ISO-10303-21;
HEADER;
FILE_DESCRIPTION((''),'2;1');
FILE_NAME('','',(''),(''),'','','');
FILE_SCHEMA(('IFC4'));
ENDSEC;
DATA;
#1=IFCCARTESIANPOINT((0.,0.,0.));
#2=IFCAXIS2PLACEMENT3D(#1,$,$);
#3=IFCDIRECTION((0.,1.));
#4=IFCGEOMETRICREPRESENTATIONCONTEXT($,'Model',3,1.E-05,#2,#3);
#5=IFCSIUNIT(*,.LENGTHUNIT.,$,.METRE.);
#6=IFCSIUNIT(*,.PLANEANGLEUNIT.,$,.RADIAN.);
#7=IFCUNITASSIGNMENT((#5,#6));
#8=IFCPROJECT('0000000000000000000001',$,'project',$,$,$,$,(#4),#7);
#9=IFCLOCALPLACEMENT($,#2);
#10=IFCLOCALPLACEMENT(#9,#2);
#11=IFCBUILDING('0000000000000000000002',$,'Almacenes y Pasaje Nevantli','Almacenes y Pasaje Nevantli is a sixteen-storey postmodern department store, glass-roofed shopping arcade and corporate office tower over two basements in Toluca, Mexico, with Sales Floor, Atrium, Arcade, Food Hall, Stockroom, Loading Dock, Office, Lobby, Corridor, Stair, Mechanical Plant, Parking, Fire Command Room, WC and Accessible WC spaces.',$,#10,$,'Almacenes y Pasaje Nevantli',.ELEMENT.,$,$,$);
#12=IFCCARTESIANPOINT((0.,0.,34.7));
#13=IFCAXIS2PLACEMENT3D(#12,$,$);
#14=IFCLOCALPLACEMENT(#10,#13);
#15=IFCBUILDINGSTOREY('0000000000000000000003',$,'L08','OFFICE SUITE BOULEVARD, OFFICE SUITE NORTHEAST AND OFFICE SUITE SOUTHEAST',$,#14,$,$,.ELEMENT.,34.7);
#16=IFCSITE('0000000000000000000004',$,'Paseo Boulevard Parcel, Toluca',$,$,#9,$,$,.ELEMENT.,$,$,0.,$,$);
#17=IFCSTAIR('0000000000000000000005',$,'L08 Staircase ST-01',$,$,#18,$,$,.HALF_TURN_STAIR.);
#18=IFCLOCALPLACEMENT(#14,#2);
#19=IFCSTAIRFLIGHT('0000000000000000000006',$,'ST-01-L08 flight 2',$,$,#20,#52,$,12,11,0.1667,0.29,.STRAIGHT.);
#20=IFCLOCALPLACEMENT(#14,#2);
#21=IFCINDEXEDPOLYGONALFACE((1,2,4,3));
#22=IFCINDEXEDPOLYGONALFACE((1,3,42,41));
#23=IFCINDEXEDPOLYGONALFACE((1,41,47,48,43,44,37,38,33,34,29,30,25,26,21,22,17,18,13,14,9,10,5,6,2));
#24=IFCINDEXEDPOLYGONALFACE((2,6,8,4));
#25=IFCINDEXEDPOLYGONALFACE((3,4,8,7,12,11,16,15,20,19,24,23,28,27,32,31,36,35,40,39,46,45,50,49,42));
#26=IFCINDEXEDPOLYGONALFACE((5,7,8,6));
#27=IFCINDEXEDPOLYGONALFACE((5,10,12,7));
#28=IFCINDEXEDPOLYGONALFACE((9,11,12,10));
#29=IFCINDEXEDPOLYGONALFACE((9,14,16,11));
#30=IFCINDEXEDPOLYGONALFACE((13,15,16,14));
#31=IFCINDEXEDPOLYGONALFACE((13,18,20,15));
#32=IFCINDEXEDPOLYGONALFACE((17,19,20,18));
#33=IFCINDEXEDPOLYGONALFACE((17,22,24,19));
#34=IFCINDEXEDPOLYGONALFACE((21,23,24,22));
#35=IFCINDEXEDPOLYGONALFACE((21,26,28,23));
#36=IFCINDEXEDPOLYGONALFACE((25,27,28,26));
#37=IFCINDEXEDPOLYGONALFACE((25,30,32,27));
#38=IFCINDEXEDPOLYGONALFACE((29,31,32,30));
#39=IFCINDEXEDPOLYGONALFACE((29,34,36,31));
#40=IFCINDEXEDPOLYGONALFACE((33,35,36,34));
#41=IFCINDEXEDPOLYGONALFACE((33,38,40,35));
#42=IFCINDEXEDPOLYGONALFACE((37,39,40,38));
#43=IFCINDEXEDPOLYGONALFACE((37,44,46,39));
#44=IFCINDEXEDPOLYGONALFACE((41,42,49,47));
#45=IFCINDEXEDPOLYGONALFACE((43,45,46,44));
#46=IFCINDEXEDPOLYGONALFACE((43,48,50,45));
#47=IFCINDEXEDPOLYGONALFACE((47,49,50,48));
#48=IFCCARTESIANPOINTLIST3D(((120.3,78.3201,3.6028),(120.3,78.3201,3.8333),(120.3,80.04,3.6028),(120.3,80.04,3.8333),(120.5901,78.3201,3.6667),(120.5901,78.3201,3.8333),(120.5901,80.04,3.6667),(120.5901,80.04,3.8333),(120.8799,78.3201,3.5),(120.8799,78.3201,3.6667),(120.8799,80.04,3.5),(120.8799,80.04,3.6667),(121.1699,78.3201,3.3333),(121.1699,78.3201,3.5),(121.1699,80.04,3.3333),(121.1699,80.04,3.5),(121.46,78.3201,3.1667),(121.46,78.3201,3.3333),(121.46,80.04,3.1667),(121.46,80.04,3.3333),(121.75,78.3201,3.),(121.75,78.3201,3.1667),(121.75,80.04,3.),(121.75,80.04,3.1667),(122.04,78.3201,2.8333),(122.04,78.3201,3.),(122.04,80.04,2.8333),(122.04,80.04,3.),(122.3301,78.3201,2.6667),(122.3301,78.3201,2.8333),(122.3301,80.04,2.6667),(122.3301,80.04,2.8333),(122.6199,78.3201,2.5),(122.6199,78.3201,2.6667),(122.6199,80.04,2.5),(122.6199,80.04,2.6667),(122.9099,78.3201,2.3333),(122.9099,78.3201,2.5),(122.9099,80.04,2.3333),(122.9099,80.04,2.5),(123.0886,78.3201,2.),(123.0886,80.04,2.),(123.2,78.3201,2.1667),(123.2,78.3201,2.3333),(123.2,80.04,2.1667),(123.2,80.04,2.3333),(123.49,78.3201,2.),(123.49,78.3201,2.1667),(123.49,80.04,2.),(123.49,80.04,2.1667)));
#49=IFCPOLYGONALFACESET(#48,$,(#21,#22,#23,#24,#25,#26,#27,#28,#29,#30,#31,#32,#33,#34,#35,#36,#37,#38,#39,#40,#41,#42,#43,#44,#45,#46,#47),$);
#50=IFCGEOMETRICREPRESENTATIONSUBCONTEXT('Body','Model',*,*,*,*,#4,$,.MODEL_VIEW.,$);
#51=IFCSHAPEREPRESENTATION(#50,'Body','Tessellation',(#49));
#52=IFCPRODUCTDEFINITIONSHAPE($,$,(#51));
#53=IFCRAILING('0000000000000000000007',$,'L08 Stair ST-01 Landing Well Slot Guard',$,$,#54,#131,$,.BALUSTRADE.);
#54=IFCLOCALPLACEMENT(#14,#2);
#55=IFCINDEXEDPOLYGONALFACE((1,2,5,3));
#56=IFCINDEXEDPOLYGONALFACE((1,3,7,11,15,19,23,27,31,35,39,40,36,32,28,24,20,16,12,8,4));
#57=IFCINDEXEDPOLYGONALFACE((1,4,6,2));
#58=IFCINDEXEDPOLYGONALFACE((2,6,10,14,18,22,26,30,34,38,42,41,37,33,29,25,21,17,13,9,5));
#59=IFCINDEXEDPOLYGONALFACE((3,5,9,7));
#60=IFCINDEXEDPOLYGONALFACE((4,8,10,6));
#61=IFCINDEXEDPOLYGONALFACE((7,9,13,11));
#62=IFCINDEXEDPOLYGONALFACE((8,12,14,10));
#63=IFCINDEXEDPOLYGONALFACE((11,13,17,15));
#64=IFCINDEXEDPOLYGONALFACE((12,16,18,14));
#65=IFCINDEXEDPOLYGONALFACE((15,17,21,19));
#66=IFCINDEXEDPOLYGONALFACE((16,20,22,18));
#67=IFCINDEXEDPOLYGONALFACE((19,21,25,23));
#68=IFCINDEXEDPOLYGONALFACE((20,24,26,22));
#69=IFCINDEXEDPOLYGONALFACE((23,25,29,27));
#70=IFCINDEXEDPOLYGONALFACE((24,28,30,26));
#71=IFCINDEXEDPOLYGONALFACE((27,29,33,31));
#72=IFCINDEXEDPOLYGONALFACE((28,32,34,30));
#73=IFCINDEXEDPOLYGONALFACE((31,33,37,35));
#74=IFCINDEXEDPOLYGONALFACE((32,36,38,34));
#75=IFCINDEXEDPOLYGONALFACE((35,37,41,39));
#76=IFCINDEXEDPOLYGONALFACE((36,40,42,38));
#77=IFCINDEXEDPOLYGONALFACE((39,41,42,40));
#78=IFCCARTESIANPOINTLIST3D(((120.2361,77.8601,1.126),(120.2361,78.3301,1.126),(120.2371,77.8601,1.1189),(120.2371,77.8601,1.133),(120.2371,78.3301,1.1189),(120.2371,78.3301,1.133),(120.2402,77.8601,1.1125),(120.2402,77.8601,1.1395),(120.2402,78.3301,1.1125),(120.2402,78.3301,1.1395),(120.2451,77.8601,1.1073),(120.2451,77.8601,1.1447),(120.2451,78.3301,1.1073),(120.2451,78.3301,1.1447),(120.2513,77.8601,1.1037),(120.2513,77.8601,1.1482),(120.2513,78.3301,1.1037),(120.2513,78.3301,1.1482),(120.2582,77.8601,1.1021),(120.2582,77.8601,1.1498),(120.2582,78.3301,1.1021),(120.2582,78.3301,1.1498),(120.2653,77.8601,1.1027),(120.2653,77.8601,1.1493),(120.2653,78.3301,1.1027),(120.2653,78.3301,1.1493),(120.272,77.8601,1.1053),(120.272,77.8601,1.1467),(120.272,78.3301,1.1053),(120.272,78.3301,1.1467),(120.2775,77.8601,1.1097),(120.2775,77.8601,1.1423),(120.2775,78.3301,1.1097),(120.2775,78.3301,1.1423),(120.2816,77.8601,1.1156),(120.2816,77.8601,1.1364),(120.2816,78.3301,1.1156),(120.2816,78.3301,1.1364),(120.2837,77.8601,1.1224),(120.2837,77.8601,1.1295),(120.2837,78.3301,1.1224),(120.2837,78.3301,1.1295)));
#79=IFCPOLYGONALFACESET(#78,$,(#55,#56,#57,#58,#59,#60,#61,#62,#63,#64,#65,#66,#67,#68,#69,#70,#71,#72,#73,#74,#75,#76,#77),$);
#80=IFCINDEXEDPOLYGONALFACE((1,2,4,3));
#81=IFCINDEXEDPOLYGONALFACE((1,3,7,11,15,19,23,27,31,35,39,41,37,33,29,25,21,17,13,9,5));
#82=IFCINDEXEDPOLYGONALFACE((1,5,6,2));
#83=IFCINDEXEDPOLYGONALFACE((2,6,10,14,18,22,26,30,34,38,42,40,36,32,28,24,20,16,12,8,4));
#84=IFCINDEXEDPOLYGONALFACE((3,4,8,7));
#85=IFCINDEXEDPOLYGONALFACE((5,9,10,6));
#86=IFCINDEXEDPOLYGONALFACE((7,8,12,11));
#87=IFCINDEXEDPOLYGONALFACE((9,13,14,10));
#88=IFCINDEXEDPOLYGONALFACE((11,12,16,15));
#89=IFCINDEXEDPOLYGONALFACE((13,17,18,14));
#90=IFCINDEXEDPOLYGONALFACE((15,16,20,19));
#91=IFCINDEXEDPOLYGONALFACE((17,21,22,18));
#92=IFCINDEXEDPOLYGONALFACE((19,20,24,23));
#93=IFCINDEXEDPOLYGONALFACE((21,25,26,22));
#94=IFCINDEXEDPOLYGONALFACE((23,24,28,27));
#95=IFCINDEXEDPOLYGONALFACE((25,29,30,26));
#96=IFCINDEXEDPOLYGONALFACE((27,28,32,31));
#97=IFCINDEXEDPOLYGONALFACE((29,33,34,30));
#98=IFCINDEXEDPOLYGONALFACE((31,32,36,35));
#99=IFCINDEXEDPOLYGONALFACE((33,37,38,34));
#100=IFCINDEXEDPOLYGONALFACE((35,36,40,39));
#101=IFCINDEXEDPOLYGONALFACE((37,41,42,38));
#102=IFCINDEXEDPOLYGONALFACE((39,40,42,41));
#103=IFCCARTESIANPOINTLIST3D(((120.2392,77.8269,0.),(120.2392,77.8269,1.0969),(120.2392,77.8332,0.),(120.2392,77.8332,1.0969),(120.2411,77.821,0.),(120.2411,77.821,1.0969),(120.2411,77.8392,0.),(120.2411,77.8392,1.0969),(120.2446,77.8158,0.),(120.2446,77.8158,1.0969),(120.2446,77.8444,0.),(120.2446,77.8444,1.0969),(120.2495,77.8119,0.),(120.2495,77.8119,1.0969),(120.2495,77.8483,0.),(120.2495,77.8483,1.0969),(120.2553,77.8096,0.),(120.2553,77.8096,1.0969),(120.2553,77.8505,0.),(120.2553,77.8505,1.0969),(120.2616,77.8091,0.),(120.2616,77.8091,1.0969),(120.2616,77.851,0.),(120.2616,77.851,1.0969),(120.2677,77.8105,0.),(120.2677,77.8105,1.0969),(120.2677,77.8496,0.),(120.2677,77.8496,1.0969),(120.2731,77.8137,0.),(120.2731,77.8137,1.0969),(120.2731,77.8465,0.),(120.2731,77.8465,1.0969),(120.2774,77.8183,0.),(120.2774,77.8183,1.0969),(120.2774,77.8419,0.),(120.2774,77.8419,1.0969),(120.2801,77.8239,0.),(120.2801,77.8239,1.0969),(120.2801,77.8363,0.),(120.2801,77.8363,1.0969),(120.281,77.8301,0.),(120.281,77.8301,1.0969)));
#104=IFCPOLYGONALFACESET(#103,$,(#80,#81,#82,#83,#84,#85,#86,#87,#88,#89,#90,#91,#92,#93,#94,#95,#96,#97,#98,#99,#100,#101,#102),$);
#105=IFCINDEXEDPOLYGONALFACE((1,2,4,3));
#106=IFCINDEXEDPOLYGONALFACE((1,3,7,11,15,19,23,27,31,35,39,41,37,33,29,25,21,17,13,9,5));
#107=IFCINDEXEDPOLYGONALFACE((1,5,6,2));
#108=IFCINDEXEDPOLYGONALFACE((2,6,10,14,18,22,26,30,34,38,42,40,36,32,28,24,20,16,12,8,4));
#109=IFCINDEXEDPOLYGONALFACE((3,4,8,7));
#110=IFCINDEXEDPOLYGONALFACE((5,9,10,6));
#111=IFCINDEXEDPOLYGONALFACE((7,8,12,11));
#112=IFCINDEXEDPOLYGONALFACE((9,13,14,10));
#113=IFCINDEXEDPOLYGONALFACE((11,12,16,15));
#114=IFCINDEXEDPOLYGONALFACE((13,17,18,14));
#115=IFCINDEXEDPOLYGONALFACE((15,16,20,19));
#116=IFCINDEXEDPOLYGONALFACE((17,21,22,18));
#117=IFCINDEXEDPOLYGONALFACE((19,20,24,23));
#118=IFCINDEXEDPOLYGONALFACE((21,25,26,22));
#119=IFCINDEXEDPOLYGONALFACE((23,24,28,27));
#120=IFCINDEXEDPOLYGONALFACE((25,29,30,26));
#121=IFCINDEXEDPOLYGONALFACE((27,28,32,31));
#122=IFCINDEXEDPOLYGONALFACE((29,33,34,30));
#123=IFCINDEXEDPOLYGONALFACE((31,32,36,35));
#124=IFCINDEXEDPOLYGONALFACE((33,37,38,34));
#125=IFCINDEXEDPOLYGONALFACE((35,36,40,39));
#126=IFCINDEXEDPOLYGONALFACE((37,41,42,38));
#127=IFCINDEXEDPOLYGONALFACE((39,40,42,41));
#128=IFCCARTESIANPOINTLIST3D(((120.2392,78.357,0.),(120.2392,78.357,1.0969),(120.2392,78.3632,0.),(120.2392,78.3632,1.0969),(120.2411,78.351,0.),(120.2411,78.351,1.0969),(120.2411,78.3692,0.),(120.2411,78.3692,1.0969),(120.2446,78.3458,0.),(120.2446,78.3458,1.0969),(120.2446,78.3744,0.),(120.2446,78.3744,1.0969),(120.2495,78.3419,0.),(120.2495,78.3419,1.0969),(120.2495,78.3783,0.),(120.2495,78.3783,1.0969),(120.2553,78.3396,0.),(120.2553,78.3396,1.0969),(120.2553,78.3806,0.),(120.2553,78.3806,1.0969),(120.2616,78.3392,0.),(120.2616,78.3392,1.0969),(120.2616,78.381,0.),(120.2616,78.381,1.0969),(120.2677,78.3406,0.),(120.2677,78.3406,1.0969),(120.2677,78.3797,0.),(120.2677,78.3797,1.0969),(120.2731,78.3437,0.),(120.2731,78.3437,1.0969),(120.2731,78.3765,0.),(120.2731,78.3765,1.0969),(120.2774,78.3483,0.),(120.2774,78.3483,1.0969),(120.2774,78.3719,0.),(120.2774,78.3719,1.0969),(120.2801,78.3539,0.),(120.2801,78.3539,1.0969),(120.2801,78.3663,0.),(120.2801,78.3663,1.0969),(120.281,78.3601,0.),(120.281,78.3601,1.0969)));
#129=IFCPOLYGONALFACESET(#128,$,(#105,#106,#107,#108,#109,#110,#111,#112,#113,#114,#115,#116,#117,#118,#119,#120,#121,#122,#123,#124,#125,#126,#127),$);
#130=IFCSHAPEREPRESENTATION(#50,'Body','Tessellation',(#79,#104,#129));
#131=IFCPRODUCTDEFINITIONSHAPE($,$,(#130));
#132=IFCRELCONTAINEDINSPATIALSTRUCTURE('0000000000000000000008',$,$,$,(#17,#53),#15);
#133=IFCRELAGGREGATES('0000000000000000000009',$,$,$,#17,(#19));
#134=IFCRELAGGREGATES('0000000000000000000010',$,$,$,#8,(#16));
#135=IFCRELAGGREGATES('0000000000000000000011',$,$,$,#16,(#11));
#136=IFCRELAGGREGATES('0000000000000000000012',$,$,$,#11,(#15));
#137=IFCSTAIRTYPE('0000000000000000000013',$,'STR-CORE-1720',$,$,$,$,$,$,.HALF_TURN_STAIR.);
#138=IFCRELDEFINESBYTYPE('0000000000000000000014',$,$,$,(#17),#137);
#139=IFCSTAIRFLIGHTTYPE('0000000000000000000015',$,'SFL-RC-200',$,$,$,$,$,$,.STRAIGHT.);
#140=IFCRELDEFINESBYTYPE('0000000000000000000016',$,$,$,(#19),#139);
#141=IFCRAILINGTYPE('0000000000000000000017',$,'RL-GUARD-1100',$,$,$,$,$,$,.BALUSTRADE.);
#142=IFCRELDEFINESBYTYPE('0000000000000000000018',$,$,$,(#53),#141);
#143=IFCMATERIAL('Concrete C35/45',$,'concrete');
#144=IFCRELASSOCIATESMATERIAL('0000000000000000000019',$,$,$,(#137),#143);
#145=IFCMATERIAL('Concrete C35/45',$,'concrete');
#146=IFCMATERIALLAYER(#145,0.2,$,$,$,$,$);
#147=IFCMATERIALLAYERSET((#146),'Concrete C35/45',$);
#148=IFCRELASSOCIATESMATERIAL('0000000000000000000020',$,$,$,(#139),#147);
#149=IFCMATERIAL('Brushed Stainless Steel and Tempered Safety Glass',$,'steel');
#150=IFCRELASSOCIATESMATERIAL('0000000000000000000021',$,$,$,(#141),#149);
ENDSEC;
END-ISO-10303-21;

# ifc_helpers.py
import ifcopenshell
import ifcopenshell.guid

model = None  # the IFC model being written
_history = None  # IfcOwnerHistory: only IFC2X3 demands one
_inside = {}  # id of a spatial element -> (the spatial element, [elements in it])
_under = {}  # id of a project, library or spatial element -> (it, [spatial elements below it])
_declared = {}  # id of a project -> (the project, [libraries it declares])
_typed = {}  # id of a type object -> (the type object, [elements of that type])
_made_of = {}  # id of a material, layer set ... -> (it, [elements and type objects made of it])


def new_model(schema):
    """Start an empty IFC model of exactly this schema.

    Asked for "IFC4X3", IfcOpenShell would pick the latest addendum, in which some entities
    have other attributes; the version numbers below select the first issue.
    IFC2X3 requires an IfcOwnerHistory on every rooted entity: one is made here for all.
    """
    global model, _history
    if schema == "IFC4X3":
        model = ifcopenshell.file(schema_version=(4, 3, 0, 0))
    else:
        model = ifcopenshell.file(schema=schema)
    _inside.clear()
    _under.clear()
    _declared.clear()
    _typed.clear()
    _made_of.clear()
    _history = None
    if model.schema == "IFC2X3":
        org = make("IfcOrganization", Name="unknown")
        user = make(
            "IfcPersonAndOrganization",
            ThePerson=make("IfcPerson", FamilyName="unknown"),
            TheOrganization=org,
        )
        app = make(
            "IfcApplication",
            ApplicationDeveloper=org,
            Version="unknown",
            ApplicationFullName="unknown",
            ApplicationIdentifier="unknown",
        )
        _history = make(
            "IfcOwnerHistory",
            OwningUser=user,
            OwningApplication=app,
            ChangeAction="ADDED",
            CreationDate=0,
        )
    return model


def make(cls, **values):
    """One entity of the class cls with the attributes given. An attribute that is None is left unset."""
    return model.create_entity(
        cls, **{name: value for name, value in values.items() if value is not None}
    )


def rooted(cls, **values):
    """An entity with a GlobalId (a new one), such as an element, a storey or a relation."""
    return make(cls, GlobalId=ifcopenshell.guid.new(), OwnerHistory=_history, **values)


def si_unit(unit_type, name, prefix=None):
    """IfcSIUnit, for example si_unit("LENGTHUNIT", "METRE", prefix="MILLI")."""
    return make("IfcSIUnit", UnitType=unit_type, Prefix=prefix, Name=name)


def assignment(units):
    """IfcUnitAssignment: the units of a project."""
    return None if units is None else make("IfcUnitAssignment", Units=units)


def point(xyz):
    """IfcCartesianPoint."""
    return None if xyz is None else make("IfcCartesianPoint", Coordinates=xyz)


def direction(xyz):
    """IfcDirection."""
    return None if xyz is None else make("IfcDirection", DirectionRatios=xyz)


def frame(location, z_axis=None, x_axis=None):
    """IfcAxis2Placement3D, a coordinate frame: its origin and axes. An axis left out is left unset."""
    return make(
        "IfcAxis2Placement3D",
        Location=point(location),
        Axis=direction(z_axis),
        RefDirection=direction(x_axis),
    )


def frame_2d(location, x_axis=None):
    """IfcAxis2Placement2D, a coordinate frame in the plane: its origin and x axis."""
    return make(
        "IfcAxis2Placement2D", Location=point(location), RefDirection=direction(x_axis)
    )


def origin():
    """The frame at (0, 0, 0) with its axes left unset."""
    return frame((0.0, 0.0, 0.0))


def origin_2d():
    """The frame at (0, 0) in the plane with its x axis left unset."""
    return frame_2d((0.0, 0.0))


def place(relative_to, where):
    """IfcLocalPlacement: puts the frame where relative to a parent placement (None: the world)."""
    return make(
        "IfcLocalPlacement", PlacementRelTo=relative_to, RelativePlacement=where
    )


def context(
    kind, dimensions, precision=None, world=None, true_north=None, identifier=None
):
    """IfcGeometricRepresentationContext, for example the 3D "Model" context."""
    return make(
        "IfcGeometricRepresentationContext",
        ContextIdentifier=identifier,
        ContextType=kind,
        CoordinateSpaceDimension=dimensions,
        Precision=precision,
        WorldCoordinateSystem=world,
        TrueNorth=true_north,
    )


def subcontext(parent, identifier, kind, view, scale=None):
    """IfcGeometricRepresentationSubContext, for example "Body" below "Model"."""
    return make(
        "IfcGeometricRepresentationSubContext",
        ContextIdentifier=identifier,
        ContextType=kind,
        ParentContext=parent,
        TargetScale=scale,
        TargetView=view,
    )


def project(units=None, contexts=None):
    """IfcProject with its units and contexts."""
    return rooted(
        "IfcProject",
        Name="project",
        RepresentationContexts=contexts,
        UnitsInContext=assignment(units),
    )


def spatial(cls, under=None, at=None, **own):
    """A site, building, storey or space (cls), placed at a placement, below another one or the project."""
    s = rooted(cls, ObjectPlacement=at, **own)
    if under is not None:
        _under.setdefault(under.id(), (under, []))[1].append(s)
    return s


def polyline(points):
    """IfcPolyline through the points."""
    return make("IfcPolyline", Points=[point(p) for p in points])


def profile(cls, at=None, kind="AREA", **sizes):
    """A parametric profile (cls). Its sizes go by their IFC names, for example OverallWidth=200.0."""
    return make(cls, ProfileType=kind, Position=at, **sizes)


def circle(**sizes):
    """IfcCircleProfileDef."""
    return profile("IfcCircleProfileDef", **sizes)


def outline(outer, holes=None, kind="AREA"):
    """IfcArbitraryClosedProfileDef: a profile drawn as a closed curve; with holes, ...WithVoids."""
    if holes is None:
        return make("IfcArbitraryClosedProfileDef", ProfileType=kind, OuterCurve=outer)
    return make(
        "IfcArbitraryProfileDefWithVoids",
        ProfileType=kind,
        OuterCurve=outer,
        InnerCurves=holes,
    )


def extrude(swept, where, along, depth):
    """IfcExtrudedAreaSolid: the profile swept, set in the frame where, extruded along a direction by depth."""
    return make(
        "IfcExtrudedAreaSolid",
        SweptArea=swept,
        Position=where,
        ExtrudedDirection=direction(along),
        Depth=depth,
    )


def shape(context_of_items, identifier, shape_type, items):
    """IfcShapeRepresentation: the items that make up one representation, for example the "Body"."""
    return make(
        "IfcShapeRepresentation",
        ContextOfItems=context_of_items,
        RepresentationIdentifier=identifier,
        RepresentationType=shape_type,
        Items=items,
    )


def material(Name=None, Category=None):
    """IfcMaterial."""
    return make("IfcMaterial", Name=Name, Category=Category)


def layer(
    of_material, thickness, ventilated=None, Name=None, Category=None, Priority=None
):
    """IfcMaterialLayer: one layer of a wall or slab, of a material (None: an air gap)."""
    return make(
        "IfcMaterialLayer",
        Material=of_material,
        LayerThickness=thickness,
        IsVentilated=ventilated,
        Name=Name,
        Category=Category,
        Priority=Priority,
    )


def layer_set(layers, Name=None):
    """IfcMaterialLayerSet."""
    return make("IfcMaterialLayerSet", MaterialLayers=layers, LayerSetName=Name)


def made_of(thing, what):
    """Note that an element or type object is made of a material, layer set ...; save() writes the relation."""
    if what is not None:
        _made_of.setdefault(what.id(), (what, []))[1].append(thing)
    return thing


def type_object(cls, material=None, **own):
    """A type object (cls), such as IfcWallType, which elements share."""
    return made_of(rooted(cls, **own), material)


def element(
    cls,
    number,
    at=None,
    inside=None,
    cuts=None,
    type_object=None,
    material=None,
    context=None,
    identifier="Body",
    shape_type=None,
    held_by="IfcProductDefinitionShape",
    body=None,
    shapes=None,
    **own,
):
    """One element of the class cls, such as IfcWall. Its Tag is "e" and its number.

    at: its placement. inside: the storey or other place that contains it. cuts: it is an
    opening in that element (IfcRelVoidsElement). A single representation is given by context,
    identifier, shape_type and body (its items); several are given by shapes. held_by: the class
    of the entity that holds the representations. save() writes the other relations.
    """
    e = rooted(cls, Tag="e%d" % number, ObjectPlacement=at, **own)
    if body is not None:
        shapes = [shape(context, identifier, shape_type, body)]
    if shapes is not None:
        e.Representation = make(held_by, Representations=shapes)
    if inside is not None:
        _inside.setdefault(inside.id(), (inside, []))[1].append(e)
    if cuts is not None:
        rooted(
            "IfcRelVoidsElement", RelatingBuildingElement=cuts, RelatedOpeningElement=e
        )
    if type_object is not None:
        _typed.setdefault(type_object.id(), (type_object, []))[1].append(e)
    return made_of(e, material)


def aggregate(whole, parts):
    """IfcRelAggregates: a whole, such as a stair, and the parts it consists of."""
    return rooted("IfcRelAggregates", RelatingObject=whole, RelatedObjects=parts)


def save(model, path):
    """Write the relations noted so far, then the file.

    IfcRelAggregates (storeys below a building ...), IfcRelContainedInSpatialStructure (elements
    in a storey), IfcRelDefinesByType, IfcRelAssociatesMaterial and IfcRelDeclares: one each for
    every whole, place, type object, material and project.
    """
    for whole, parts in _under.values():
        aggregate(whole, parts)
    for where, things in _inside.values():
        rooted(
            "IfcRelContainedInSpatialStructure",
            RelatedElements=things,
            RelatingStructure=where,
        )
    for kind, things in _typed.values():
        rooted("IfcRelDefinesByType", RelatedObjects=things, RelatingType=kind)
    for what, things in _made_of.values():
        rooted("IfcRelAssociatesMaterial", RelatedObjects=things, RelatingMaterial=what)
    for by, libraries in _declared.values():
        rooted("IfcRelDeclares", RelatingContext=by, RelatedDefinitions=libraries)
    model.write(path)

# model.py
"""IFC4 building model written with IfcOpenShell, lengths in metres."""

from ifc_helpers import new_model, si_unit, direction, frame, origin, origin_2d, place, context, subcontext, project, spatial, polyline, circle, outline, extrude, material, layer, layer_set, type_object, element, aggregate, save


model = new_model("IFC4")

# Units and contexts
model_context = context("Model", 3, precision=1e-05, world=origin(), true_north=direction((0.0, 1.0)))
body_context = subcontext(model_context, "Body", "Model", "MODEL_VIEW")
ifc_project = project(units=[si_unit("LENGTHUNIT", "METRE"), si_unit("PLANEANGLEUNIT", "RADIAN")], contexts=[model_context])

# Site, building, storey
site_placement = place(None, origin())
site = spatial("IfcSite", under=ifc_project, at=site_placement, Name="Paseo Boulevard Parcel, Toluca", CompositionType="ELEMENT", RefElevation=0.0)
building_placement = place(site_placement, origin())
building = spatial("IfcBuilding", under=site, at=building_placement, Name="Almacenes y Pasaje Nevantli", Description="Almacenes y Pasaje Nevantli is a sixteen-storey postmodern department store, glass-roofed shopping arcade and corporate office tower over two basements in Toluca, Mexico, with Sales Floor, Atrium, Arcade, Food Hall, Stockroom, Loading Dock, Office, Lobby, Corridor, Stair, Mechanical Plant, Parking, Fire Command Room, WC and Accessible WC spaces.", LongName="Almacenes y Pasaje Nevantli", CompositionType="ELEMENT")
storey_placement = place(building_placement, frame((0.0, 0.0, 34.7)))
storey = spatial("IfcBuildingStorey", under=building, at=storey_placement, Name="L08", Description="OFFICE SUITE BOULEVARD, OFFICE SUITE NORTHEAST AND OFFICE SUITE SOUTHEAST", CompositionType="ELEMENT", Elevation=34.7)

# Stair, stair flight
ifc_material_1 = material(Name="Concrete C35/45", Category="concrete")
stair_type = type_object("IfcStairType", Name="STR-CORE-1720", PredefinedType="HALF_TURN_STAIR", material=ifc_material_1)
stair_placement = place(storey_placement, origin())
stair = element("IfcStair", 1, at=stair_placement, inside=storey, type_object=stair_type, Name="L08 Staircase ST-01", PredefinedType="HALF_TURN_STAIR")
ifc_material_2 = material(Name="Concrete C35/45", Category="concrete")
ifc_layer_1 = layer(ifc_material_2, 0.2)
ifc_layer_set_1 = layer_set([ifc_layer_1], Name="Concrete C35/45")
stair_flight_type = type_object("IfcStairFlightType", Name="SFL-RC-200", PredefinedType="STRAIGHT", material=ifc_layer_set_1)
stair_flight_placement = place(storey_placement, frame((123.49, 79.1799, 2.0), z_axis=(0.0, 0.0, 1.0), x_axis=(-1.0, 0.0, 0.0)))
stair_flight = element("IfcStairFlight", 2, at=stair_flight_placement, type_object=stair_flight_type, Name="ST-01-L08 flight 2", NumberOfRisers=12, NumberOfTreads=11, PredefinedType="STRAIGHT", RiserHeight=0.1667, TreadLength=0.29, context=body_context, shape_type="SweptSolid", body=[
    extrude(outline(polyline([(0.0, 0.0), (0.0, 0.1667), (0.29, 0.1667), (0.29, 0.3333), (0.5801, 0.3333), (0.5801, 0.5), (0.8701, 0.5), (0.8701, 0.6667), (1.1599, 0.6667), (1.1599, 0.8333), (1.45, 0.8333), (1.45, 1.0), (1.74, 1.0), (1.74, 1.1667), (2.03, 1.1667), (2.03, 1.3333), (2.3201, 1.3333), (2.3201, 1.5), (2.6101, 1.5), (2.6101, 1.6667), (2.8999, 1.6667), (2.8999, 1.8333), (3.1899, 1.8333), (3.1899, 2.0), (3.1899, 1.6028), (0.4014, 0.0), (0.0, 0.0)])), frame((0.0, 0.8599, 0.0), z_axis=(0.0, -1.0, 0.0), x_axis=(1.0, 0.0, 0.0)), (0.0, 0.0, 1.0), 1.72),
])
aggregate(stair, [stair_flight])

# Railing
ifc_material_3 = material(Name="Brushed Stainless Steel and Tempered Safety Glass", Category="steel")
railing_type_1 = type_object("IfcRailingType", Name="RL-GUARD-1100", PredefinedType="BALUSTRADE", material=ifc_material_3)
railing_1_placement = place(storey_placement, frame((120.26, 77.8301, 0.0)))
element("IfcRailing", 3, at=railing_1_placement, inside=storey, type_object=railing_type_1, Name="L08 Stair ST-01 Landing Well Slot Guard", PredefinedType="BALUSTRADE", context=body_context, shape_type="SweptSolid", body=[
    extrude(circle(Radius=0.0239, at=origin_2d()), frame((0.0, 0.03, 1.126), z_axis=(0.0, 1.0, 0.0), x_axis=(-1.0, 0.0, 0.0)), (0.0, 0.0, 1.0), 0.47),
    extrude(circle(Radius=0.021, at=origin_2d()), origin(), (0.0, 0.0, 1.0), 1.0969),
    extrude(circle(Radius=0.021, at=origin_2d()), frame((0.0, 0.53, 0.0)), (0.0, 0.0, 1.0), 1.0969),
])

save(model, "model.ifc")
